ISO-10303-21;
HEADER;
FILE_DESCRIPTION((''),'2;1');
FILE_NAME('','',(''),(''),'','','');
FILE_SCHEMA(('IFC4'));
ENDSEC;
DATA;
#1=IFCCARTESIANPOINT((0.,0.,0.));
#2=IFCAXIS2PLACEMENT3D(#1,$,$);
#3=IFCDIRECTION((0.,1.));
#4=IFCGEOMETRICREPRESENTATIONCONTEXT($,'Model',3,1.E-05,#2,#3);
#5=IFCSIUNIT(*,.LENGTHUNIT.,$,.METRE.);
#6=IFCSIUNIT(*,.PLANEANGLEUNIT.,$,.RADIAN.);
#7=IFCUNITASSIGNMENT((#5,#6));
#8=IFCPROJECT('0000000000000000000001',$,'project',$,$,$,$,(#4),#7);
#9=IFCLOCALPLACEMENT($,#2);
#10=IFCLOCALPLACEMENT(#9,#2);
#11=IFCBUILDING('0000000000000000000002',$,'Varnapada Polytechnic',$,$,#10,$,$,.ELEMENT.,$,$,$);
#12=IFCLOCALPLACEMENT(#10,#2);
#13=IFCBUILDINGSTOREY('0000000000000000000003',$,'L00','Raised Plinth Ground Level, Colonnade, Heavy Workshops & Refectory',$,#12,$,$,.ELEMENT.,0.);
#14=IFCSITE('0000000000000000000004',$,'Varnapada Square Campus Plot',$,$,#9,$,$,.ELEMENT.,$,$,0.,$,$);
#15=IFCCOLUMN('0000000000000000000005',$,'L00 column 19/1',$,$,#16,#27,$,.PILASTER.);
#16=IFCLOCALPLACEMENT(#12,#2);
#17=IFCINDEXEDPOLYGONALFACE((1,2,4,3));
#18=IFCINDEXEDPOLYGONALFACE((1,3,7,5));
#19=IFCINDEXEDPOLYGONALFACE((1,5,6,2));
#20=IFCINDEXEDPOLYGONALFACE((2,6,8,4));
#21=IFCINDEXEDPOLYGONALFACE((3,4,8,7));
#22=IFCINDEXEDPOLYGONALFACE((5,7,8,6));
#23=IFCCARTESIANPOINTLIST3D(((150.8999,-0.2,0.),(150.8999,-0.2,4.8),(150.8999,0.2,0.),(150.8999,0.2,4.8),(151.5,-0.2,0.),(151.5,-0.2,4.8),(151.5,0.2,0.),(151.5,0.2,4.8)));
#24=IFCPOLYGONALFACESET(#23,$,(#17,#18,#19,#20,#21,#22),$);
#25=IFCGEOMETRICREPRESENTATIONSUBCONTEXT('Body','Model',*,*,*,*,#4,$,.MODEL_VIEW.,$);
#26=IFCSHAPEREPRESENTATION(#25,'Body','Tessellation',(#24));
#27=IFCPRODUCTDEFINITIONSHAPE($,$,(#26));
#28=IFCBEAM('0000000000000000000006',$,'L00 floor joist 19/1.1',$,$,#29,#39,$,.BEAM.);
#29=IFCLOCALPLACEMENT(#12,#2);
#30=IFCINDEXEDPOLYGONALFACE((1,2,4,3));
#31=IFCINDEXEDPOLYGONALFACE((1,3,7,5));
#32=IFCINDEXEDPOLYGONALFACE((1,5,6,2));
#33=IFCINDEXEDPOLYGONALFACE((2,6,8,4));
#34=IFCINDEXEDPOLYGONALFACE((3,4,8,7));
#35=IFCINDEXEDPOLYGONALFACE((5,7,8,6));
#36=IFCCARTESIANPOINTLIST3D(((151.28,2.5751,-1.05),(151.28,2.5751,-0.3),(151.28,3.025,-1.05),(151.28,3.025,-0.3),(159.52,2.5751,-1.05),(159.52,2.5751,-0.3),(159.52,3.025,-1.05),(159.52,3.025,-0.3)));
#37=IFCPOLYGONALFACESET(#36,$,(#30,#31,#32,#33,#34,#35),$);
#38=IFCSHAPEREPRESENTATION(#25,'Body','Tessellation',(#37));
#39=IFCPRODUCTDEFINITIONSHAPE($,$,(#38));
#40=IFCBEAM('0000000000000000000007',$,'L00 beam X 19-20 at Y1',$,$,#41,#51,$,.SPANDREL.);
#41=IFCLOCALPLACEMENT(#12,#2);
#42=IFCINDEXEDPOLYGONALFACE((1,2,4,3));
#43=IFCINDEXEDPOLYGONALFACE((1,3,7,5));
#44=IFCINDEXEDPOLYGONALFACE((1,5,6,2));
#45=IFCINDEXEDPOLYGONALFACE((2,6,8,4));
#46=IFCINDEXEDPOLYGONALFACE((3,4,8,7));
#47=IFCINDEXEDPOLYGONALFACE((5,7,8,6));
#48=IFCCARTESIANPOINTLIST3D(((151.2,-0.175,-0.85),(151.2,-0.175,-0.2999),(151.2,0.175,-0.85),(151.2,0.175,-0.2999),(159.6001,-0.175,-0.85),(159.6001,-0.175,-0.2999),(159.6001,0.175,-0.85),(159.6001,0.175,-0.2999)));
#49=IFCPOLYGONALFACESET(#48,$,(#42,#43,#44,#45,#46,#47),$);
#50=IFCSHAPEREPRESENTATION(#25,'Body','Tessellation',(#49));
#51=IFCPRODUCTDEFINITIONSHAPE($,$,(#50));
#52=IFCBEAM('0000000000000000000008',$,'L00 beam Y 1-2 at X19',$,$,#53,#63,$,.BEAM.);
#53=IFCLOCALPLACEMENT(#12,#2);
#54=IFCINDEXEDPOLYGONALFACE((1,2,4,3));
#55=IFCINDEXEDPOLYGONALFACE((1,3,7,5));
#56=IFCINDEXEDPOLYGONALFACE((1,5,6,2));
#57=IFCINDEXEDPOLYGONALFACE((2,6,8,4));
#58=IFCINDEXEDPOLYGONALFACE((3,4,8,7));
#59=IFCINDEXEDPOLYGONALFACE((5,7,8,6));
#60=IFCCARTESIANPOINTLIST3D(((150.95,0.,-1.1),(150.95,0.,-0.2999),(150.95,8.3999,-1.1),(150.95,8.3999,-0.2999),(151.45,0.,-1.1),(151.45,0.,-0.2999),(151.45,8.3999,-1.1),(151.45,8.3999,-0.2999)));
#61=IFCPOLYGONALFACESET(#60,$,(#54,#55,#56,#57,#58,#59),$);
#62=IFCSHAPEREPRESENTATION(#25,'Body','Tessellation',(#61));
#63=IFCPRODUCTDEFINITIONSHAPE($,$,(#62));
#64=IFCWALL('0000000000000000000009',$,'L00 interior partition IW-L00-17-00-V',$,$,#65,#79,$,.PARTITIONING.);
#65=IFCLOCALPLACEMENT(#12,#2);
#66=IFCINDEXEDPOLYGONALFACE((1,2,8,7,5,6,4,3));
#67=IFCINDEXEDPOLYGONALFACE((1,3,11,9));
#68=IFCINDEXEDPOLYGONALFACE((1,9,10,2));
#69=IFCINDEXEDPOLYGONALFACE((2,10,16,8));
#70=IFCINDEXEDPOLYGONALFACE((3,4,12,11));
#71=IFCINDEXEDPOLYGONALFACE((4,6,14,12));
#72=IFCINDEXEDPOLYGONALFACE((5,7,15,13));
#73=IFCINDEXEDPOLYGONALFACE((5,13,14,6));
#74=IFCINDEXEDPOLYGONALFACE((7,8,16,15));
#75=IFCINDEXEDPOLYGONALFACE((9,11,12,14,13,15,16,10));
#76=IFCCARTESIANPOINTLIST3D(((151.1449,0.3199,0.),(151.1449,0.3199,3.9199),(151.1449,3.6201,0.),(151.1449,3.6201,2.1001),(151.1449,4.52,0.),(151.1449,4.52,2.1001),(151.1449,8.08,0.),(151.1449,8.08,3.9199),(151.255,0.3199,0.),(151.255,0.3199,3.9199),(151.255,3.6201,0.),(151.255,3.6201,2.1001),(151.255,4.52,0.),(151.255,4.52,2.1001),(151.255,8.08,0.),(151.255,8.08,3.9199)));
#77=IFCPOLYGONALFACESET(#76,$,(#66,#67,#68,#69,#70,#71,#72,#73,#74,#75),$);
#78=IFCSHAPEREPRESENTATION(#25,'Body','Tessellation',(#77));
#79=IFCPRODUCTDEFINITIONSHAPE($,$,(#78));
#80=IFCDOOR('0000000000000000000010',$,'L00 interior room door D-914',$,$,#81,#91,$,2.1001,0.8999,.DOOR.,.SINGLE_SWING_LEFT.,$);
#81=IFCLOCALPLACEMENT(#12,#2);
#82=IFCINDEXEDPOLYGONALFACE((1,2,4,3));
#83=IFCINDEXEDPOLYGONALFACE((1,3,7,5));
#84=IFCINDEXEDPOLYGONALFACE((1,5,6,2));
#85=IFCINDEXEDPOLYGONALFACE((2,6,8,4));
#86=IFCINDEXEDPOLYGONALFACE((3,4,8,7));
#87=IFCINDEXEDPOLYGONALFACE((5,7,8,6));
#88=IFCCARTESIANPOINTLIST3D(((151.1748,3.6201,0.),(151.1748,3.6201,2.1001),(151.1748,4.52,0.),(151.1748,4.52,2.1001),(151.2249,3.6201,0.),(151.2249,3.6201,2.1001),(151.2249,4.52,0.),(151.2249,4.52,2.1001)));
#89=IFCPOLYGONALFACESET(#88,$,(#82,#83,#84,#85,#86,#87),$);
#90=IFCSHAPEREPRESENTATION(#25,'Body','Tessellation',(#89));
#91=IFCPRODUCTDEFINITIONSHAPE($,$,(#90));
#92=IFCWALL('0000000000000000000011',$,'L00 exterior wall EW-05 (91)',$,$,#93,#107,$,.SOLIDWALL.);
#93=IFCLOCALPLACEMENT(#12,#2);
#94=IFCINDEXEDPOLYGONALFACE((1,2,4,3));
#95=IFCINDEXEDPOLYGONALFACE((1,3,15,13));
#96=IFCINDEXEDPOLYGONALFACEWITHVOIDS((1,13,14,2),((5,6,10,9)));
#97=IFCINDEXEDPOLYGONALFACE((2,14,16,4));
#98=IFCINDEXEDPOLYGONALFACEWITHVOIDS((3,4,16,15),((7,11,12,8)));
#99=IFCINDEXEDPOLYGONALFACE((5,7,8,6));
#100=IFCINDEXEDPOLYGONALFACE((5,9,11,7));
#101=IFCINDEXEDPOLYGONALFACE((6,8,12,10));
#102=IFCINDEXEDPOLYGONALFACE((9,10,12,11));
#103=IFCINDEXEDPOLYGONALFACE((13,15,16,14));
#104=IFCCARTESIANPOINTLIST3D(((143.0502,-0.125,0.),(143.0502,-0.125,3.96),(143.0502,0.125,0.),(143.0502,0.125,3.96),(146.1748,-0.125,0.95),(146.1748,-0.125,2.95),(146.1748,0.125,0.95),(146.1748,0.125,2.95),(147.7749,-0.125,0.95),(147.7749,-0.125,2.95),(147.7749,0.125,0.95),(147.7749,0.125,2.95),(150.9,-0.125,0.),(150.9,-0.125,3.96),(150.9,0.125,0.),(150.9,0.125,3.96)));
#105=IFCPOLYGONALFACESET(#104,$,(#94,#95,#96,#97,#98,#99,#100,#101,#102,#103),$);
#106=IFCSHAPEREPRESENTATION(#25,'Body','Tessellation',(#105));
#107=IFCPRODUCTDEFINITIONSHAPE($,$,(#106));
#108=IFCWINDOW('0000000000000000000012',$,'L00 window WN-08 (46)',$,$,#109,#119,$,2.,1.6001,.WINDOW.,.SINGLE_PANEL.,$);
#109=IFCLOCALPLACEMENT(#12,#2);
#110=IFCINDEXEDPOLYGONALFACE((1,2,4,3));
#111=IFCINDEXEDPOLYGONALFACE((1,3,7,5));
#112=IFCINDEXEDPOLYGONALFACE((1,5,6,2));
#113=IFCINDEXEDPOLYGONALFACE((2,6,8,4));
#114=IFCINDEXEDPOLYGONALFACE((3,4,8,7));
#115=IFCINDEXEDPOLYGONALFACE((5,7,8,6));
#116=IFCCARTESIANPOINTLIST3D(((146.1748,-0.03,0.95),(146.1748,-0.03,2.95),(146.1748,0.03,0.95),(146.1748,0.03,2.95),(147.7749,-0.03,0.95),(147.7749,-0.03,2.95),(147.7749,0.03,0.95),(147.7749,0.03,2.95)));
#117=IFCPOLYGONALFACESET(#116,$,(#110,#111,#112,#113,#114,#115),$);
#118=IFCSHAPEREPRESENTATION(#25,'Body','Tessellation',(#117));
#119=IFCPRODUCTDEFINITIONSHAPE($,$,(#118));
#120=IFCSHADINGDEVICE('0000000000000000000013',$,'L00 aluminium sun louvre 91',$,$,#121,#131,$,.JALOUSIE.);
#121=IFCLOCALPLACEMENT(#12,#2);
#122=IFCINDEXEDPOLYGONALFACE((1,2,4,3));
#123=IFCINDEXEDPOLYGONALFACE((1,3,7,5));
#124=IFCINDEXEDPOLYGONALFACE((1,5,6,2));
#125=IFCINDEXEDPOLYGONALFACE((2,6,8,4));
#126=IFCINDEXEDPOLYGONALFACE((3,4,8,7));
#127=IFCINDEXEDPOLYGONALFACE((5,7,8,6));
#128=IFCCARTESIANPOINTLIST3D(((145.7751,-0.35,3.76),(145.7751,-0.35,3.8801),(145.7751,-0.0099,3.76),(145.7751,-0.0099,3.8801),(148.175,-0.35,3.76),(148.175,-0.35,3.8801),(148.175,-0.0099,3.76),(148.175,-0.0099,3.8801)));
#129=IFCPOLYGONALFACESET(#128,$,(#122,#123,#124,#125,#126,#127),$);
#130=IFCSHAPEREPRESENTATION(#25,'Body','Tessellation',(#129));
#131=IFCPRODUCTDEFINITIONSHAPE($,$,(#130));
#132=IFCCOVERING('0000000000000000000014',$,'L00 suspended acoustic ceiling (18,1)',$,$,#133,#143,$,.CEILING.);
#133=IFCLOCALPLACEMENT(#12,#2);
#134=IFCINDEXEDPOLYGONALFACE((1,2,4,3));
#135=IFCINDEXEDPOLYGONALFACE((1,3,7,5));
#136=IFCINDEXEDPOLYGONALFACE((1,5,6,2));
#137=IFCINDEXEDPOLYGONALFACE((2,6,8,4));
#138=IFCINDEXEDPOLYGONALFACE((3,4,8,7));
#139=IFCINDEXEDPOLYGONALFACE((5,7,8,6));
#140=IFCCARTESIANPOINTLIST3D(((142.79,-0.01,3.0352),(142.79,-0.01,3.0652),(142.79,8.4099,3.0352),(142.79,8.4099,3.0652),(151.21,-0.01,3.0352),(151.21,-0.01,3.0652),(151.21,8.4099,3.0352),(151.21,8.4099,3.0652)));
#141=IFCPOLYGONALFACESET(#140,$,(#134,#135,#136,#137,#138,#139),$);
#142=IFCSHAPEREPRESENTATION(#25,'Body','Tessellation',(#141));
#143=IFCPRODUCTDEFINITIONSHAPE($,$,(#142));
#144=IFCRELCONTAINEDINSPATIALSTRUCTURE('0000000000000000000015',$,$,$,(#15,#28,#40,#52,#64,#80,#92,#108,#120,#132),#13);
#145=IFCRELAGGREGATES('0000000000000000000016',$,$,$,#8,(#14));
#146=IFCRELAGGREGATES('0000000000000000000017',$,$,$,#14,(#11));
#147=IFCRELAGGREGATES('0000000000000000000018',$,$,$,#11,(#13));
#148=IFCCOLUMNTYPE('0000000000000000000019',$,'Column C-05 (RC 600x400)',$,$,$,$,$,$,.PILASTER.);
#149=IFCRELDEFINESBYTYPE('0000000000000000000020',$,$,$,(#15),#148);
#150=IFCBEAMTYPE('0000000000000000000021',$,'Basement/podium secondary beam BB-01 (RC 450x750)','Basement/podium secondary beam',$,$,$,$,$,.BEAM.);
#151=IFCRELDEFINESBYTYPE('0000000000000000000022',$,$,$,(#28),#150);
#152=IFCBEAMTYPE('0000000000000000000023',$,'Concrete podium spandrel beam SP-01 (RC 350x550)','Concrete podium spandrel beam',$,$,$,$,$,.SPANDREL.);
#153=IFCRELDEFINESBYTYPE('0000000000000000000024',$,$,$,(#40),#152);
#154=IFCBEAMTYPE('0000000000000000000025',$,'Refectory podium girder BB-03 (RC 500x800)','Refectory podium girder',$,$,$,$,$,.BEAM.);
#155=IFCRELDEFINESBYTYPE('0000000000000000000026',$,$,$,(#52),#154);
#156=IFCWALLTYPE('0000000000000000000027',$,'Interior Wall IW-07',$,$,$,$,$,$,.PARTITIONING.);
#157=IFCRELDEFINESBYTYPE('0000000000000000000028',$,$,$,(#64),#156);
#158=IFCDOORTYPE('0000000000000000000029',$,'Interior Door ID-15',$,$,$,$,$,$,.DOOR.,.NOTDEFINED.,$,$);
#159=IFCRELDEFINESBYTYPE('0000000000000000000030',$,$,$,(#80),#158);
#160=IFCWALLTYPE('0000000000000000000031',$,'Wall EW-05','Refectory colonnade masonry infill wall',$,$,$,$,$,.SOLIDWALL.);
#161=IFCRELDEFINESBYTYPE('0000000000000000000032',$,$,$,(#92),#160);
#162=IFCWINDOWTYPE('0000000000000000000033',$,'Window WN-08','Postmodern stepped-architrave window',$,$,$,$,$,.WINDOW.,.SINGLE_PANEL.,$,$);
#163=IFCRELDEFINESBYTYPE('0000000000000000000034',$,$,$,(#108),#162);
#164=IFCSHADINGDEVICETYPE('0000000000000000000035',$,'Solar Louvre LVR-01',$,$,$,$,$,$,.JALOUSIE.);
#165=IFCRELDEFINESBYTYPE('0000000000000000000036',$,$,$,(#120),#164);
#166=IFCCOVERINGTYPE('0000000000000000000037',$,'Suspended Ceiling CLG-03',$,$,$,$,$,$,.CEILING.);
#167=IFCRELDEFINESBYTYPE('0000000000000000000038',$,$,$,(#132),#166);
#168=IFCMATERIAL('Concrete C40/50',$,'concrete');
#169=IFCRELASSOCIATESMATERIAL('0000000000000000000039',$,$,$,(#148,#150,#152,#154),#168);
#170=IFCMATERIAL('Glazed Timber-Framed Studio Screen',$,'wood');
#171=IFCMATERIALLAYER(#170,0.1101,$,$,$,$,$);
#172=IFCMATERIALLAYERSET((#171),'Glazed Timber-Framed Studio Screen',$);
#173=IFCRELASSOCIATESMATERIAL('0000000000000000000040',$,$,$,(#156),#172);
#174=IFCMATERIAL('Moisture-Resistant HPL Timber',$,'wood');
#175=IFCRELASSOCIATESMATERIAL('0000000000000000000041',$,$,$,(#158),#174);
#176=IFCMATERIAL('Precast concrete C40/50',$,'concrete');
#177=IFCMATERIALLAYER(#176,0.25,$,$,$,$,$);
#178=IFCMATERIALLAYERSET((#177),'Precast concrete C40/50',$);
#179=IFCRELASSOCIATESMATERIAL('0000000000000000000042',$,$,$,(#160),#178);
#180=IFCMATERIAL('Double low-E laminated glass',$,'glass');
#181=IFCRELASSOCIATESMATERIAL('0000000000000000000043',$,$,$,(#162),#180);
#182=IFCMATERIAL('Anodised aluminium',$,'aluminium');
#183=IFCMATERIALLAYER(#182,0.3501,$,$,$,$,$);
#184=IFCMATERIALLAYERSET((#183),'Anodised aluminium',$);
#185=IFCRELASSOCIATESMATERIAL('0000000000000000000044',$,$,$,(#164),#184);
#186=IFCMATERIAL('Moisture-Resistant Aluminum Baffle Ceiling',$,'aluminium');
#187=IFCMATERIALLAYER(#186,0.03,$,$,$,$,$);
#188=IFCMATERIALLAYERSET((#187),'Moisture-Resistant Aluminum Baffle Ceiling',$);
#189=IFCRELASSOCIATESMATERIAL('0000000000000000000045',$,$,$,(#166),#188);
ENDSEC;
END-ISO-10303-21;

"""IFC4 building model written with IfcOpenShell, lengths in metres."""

from ifc_helpers import new_model, si_unit, direction, frame, frame_2d, origin, origin_2d, place, context, subcontext, project, spatial, rectangle, extrude, material, layer, layer_set, material_profile, profile_set, type_object, element, fill, save


model = new_model("IFC4")

# Units and contexts
model_context = context("Model", 3, precision=1e-05, world=origin(), true_north=direction((0.0, 1.0)))
body_context = subcontext(model_context, "Body", "Model", "MODEL_VIEW")
ifc_project = project(units=[si_unit("LENGTHUNIT", "METRE"), si_unit("PLANEANGLEUNIT", "RADIAN")], contexts=[model_context])

# Site, building, storey
site_placement = place(None, origin())
site = spatial("IfcSite", under=ifc_project, at=site_placement, Name="Varnapada Square Campus Plot", CompositionType="ELEMENT", RefElevation=0.0)
building_placement = place(site_placement, origin())
building = spatial("IfcBuilding", under=site, at=building_placement, Name="Varnapada Polytechnic", CompositionType="ELEMENT")
storey_placement = place(building_placement, origin())
storey = spatial("IfcBuildingStorey", under=building, at=storey_placement, Name="L00", Description="Raised Plinth Ground Level, Colonnade, Heavy Workshops & Refectory", CompositionType="ELEMENT", Elevation=0.0)

# Column
ifc_material_1 = material(Name="Concrete C40/50", Category="concrete")
ifc_material_profile_1 = material_profile(ifc_material_1, rectangle(XDim=0.6001, YDim=0.3999, at=origin_2d()), Name="RC 600x400")
ifc_profile_set_1 = profile_set([ifc_material_profile_1], Name="Concrete C40/50")
column_type = type_object("IfcColumnType", Name="Column C-05 (RC 600x400)", PredefinedType="PILASTER", material=ifc_profile_set_1)
column_placement = place(storey_placement, frame((151.2, 0.0, 0.0), z_axis=(0.0, 0.0, 1.0), x_axis=(1.0, 0.0, 0.0)))
element("IfcColumn", 1, at=column_placement, inside=storey, type_object=column_type, Name="L00 column 19/1", PredefinedType="PILASTER", context=body_context, shape_type="SweptSolid", body=[
    extrude(rectangle(XDim=0.6001, YDim=0.3999, at=origin_2d()), origin(), (0.0, 0.0, 1.0), 4.8),
])

# Beams
ifc_material_profile_2 = material_profile(ifc_material_1, rectangle(XDim=0.45, YDim=0.75, at=origin_2d()), Name="RC 450x750")
ifc_profile_set_2 = profile_set([ifc_material_profile_2], Name="Concrete C40/50")
beam_type_1 = type_object("IfcBeamType", Name="Basement/podium secondary beam BB-01 (RC 450x750)", Description="Basement/podium secondary beam", PredefinedType="BEAM", material=ifc_profile_set_2)
beam_1_placement = place(storey_placement, frame((151.28, 2.8, -0.675), z_axis=(1.0, 0.0, 0.0), x_axis=(0.0, 1.0, 0.0)))
element("IfcBeam", 2, at=beam_1_placement, inside=storey, type_object=beam_type_1, Name="L00 floor joist 19/1.1", PredefinedType="BEAM", context=body_context, shape_type="SweptSolid", body=[
    extrude(rectangle(XDim=0.45, YDim=0.75, at=origin_2d()), origin(), (0.0, 0.0, 1.0), 8.24),
])
ifc_material_profile_3 = material_profile(ifc_material_1, rectangle(XDim=0.3501, YDim=0.55, at=origin_2d()), Name="RC 350x550")
ifc_profile_set_3 = profile_set([ifc_material_profile_3], Name="Concrete C40/50")
beam_type_2 = type_object("IfcBeamType", Name="Concrete podium spandrel beam SP-01 (RC 350x550)", Description="Concrete podium spandrel beam", PredefinedType="SPANDREL", material=ifc_profile_set_3)
beam_2_placement = place(storey_placement, frame((151.2, 0.0, -0.575), z_axis=(1.0, 0.0, 0.0), x_axis=(0.0, 1.0, 0.0)))
element("IfcBeam", 3, at=beam_2_placement, inside=storey, type_object=beam_type_2, Name="L00 beam X 19-20 at Y1", PredefinedType="SPANDREL", context=body_context, shape_type="SweptSolid", body=[
    extrude(rectangle(XDim=0.3501, YDim=0.55, at=origin_2d()), origin(), (0.0, 0.0, 1.0), 8.4001),
])
ifc_material_profile_4 = material_profile(ifc_material_1, rectangle(XDim=0.5, YDim=0.8, at=origin_2d()), Name="RC 500x800")
ifc_profile_set_4 = profile_set([ifc_material_profile_4], Name="Concrete C40/50")
beam_type_3 = type_object("IfcBeamType", Name="Refectory podium girder BB-03 (RC 500x800)", Description="Refectory podium girder", PredefinedType="BEAM", material=ifc_profile_set_4)
beam_3_placement = place(storey_placement, frame((151.2, 0.0, -0.7), z_axis=(0.0, 1.0, 0.0), x_axis=(-1.0, 0.0, 0.0)))
element("IfcBeam", 4, at=beam_3_placement, inside=storey, type_object=beam_type_3, Name="L00 beam Y 1-2 at X19", PredefinedType="BEAM", context=body_context, shape_type="SweptSolid", body=[
    extrude(rectangle(XDim=0.5, YDim=0.8, at=origin_2d()), origin(), (0.0, 0.0, 1.0), 8.3999),
])

# Wall, opening, door
ifc_material_2 = material(Name="Glazed Timber-Framed Studio Screen", Category="wood")
ifc_layer_1 = layer(ifc_material_2, 0.1101)
ifc_layer_set_1 = layer_set([ifc_layer_1], Name="Glazed Timber-Framed Studio Screen")
wall_type_1 = type_object("IfcWallType", Name="Interior Wall IW-07", PredefinedType="PARTITIONING", material=ifc_layer_set_1)
wall_1_placement = place(storey_placement, frame((151.2, 0.3201, 0.0), z_axis=(0.0, 0.0, 1.0), x_axis=(0.0, 1.0, 0.0)))
wall_1 = element("IfcWall", 5, at=wall_1_placement, inside=storey, type_object=wall_type_1, Name="L00 interior partition IW-L00-17-00-V", PredefinedType="PARTITIONING", context=body_context, shape_type="SweptSolid", body=[
    extrude(rectangle(XDim=7.76, YDim=0.1101, at=frame_2d((3.8799, 0.0))), origin(), (0.0, 0.0, 1.0), 3.9199),
])
opening_1_placement = place(wall_1_placement, frame((3.3, 0.0, 0.0)))
opening_1 = element("IfcOpeningElement", 6, at=opening_1_placement, cuts=wall_1, PredefinedType="OPENING", context=body_context, shape_type="SweptSolid", body=[
    extrude(rectangle(XDim=0.8999, YDim=2.1001, at=frame_2d((0.45, 1.05))), frame((0.0, 0.0649, 0.0), z_axis=(0.0, -1.0, 0.0), x_axis=(1.0, 0.0, 0.0)), (0.0, 0.0, 1.0), 0.1301),
])
ifc_material_3 = material(Name="Moisture-Resistant HPL Timber", Category="wood")
door_type = type_object("IfcDoorType", Name="Interior Door ID-15", OperationType="NOTDEFINED", PredefinedType="DOOR", material=ifc_material_3)
door_placement = place(opening_1_placement, frame((0.8999, 0.0, 0.0), z_axis=(0.0, 0.0, 1.0), x_axis=(-1.0, 0.0, 0.0)))
door = element("IfcDoor", 7, at=door_placement, inside=storey, type_object=door_type, Name="L00 interior room door D-914", OperationType="SINGLE_SWING_LEFT", OverallHeight=2.1001, OverallWidth=0.8999, PredefinedType="DOOR", context=body_context, shape_type="SweptSolid", body=[
    extrude(rectangle(XDim=0.8999, YDim=2.1001, at=frame_2d((0.45, 1.05))), frame((0.0, 0.0249, 0.0), z_axis=(0.0, -1.0, 0.0), x_axis=(1.0, 0.0, 0.0)), (0.0, 0.0, 1.0), 0.05),
])
fill(opening_1, door)

# Wall, opening, window
ifc_material_4 = material(Name="Precast concrete C40/50", Category="concrete")
ifc_layer_2 = layer(ifc_material_4, 0.25)
ifc_layer_set_2 = layer_set([ifc_layer_2], Name="Precast concrete C40/50")
wall_type_2 = type_object("IfcWallType", Name="Wall EW-05", Description="Refectory colonnade masonry infill wall", PredefinedType="SOLIDWALL", material=ifc_layer_set_2)
wall_2_placement = place(storey_placement, frame((150.8999, 0.0, 0.0), z_axis=(0.0, 0.0, 1.0), x_axis=(-1.0, 0.0, 0.0)))
wall_2 = element("IfcWall", 8, at=wall_2_placement, inside=storey, type_object=wall_type_2, Name="L00 exterior wall EW-05 (91)", PredefinedType="SOLIDWALL", context=body_context, shape_type="SweptSolid", body=[
    extrude(rectangle(XDim=7.8499, YDim=0.25, at=frame_2d((3.9248, 0.0))), origin(), (0.0, 0.0, 1.0), 3.96),
])
opening_2_placement = place(wall_2_placement, frame((3.125, 0.0, 0.95)))
opening_2 = element("IfcOpeningElement", 9, at=opening_2_placement, cuts=wall_2, PredefinedType="OPENING", context=body_context, shape_type="SweptSolid", body=[
    extrude(rectangle(XDim=1.6001, YDim=2.0, at=frame_2d((0.8, 1.0))), frame((0.0, 0.135, 0.0), z_axis=(0.0, -1.0, 0.0), x_axis=(1.0, 0.0, 0.0)), (0.0, 0.0, 1.0), 0.27),
])
ifc_material_5 = material(Name="Double low-E laminated glass", Category="glass")
window_type = type_object("IfcWindowType", Name="Window WN-08", Description="Postmodern stepped-architrave window", PartitioningType="SINGLE_PANEL", PredefinedType="WINDOW", material=ifc_material_5)
window_placement = place(opening_2_placement, origin())
window = element("IfcWindow", 10, at=window_placement, inside=storey, type_object=window_type, Name="L00 window WN-08 (46)", OverallHeight=2.0, OverallWidth=1.6001, PartitioningType="SINGLE_PANEL", PredefinedType="WINDOW", context=body_context, shape_type="SweptSolid", body=[
    extrude(rectangle(XDim=1.6001, YDim=2.0, at=frame_2d((0.8, 1.0))), frame((0.0, 0.03, 0.0), z_axis=(0.0, -1.0, 0.0), x_axis=(1.0, 0.0, 0.0)), (0.0, 0.0, 1.0), 0.0601),
])
fill(opening_2, window)

# Shading device
ifc_material_6 = material(Name="Anodised aluminium", Category="aluminium")
ifc_layer_3 = layer(ifc_material_6, 0.3501)
ifc_layer_set_3 = layer_set([ifc_layer_3], Name="Anodised aluminium")
shading_device_type_1 = type_object("IfcShadingDeviceType", Name="Solar Louvre LVR-01", PredefinedType="JALOUSIE", material=ifc_layer_set_3)
shading_device_1_placement = place(storey_placement, frame((146.9751, -0.1799, 3.76), z_axis=(0.0, 0.0, 1.0), x_axis=(-1.0, 0.0, 0.0)))
element("IfcShadingDevice", 11, at=shading_device_1_placement, inside=storey, type_object=shading_device_type_1, Name="L00 aluminium sun louvre 91", PredefinedType="JALOUSIE", context=body_context, shape_type="SweptSolid", body=[
    extrude(rectangle(XDim=2.3999, YDim=0.3401, at=origin_2d()), origin(), (0.0, 0.0, 1.0), 0.1201),
])

# Covering
ifc_material_7 = material(Name="Moisture-Resistant Aluminum Baffle Ceiling", Category="aluminium")
ifc_layer_4 = layer(ifc_material_7, 0.03)
ifc_layer_set_4 = layer_set([ifc_layer_4], Name="Moisture-Resistant Aluminum Baffle Ceiling")
covering_type_1 = type_object("IfcCoveringType", Name="Suspended Ceiling CLG-03", PredefinedType="CEILING", material=ifc_layer_set_4)
covering_1_placement = place(storey_placement, frame((147.0, 4.2, 3.0352), z_axis=(0.0, 0.0, 1.0), x_axis=(1.0, 0.0, 0.0)))
element("IfcCovering", 12, at=covering_1_placement, inside=storey, type_object=covering_type_1, Name="L00 suspended acoustic ceiling (18,1)", PredefinedType="CEILING", context=body_context, shape_type="SweptSolid", body=[
    extrude(rectangle(XDim=8.4199, YDim=8.4199, at=origin_2d()), origin(), (0.0, 0.0, 1.0), 0.03),
])

save(model, "model.ifc")
